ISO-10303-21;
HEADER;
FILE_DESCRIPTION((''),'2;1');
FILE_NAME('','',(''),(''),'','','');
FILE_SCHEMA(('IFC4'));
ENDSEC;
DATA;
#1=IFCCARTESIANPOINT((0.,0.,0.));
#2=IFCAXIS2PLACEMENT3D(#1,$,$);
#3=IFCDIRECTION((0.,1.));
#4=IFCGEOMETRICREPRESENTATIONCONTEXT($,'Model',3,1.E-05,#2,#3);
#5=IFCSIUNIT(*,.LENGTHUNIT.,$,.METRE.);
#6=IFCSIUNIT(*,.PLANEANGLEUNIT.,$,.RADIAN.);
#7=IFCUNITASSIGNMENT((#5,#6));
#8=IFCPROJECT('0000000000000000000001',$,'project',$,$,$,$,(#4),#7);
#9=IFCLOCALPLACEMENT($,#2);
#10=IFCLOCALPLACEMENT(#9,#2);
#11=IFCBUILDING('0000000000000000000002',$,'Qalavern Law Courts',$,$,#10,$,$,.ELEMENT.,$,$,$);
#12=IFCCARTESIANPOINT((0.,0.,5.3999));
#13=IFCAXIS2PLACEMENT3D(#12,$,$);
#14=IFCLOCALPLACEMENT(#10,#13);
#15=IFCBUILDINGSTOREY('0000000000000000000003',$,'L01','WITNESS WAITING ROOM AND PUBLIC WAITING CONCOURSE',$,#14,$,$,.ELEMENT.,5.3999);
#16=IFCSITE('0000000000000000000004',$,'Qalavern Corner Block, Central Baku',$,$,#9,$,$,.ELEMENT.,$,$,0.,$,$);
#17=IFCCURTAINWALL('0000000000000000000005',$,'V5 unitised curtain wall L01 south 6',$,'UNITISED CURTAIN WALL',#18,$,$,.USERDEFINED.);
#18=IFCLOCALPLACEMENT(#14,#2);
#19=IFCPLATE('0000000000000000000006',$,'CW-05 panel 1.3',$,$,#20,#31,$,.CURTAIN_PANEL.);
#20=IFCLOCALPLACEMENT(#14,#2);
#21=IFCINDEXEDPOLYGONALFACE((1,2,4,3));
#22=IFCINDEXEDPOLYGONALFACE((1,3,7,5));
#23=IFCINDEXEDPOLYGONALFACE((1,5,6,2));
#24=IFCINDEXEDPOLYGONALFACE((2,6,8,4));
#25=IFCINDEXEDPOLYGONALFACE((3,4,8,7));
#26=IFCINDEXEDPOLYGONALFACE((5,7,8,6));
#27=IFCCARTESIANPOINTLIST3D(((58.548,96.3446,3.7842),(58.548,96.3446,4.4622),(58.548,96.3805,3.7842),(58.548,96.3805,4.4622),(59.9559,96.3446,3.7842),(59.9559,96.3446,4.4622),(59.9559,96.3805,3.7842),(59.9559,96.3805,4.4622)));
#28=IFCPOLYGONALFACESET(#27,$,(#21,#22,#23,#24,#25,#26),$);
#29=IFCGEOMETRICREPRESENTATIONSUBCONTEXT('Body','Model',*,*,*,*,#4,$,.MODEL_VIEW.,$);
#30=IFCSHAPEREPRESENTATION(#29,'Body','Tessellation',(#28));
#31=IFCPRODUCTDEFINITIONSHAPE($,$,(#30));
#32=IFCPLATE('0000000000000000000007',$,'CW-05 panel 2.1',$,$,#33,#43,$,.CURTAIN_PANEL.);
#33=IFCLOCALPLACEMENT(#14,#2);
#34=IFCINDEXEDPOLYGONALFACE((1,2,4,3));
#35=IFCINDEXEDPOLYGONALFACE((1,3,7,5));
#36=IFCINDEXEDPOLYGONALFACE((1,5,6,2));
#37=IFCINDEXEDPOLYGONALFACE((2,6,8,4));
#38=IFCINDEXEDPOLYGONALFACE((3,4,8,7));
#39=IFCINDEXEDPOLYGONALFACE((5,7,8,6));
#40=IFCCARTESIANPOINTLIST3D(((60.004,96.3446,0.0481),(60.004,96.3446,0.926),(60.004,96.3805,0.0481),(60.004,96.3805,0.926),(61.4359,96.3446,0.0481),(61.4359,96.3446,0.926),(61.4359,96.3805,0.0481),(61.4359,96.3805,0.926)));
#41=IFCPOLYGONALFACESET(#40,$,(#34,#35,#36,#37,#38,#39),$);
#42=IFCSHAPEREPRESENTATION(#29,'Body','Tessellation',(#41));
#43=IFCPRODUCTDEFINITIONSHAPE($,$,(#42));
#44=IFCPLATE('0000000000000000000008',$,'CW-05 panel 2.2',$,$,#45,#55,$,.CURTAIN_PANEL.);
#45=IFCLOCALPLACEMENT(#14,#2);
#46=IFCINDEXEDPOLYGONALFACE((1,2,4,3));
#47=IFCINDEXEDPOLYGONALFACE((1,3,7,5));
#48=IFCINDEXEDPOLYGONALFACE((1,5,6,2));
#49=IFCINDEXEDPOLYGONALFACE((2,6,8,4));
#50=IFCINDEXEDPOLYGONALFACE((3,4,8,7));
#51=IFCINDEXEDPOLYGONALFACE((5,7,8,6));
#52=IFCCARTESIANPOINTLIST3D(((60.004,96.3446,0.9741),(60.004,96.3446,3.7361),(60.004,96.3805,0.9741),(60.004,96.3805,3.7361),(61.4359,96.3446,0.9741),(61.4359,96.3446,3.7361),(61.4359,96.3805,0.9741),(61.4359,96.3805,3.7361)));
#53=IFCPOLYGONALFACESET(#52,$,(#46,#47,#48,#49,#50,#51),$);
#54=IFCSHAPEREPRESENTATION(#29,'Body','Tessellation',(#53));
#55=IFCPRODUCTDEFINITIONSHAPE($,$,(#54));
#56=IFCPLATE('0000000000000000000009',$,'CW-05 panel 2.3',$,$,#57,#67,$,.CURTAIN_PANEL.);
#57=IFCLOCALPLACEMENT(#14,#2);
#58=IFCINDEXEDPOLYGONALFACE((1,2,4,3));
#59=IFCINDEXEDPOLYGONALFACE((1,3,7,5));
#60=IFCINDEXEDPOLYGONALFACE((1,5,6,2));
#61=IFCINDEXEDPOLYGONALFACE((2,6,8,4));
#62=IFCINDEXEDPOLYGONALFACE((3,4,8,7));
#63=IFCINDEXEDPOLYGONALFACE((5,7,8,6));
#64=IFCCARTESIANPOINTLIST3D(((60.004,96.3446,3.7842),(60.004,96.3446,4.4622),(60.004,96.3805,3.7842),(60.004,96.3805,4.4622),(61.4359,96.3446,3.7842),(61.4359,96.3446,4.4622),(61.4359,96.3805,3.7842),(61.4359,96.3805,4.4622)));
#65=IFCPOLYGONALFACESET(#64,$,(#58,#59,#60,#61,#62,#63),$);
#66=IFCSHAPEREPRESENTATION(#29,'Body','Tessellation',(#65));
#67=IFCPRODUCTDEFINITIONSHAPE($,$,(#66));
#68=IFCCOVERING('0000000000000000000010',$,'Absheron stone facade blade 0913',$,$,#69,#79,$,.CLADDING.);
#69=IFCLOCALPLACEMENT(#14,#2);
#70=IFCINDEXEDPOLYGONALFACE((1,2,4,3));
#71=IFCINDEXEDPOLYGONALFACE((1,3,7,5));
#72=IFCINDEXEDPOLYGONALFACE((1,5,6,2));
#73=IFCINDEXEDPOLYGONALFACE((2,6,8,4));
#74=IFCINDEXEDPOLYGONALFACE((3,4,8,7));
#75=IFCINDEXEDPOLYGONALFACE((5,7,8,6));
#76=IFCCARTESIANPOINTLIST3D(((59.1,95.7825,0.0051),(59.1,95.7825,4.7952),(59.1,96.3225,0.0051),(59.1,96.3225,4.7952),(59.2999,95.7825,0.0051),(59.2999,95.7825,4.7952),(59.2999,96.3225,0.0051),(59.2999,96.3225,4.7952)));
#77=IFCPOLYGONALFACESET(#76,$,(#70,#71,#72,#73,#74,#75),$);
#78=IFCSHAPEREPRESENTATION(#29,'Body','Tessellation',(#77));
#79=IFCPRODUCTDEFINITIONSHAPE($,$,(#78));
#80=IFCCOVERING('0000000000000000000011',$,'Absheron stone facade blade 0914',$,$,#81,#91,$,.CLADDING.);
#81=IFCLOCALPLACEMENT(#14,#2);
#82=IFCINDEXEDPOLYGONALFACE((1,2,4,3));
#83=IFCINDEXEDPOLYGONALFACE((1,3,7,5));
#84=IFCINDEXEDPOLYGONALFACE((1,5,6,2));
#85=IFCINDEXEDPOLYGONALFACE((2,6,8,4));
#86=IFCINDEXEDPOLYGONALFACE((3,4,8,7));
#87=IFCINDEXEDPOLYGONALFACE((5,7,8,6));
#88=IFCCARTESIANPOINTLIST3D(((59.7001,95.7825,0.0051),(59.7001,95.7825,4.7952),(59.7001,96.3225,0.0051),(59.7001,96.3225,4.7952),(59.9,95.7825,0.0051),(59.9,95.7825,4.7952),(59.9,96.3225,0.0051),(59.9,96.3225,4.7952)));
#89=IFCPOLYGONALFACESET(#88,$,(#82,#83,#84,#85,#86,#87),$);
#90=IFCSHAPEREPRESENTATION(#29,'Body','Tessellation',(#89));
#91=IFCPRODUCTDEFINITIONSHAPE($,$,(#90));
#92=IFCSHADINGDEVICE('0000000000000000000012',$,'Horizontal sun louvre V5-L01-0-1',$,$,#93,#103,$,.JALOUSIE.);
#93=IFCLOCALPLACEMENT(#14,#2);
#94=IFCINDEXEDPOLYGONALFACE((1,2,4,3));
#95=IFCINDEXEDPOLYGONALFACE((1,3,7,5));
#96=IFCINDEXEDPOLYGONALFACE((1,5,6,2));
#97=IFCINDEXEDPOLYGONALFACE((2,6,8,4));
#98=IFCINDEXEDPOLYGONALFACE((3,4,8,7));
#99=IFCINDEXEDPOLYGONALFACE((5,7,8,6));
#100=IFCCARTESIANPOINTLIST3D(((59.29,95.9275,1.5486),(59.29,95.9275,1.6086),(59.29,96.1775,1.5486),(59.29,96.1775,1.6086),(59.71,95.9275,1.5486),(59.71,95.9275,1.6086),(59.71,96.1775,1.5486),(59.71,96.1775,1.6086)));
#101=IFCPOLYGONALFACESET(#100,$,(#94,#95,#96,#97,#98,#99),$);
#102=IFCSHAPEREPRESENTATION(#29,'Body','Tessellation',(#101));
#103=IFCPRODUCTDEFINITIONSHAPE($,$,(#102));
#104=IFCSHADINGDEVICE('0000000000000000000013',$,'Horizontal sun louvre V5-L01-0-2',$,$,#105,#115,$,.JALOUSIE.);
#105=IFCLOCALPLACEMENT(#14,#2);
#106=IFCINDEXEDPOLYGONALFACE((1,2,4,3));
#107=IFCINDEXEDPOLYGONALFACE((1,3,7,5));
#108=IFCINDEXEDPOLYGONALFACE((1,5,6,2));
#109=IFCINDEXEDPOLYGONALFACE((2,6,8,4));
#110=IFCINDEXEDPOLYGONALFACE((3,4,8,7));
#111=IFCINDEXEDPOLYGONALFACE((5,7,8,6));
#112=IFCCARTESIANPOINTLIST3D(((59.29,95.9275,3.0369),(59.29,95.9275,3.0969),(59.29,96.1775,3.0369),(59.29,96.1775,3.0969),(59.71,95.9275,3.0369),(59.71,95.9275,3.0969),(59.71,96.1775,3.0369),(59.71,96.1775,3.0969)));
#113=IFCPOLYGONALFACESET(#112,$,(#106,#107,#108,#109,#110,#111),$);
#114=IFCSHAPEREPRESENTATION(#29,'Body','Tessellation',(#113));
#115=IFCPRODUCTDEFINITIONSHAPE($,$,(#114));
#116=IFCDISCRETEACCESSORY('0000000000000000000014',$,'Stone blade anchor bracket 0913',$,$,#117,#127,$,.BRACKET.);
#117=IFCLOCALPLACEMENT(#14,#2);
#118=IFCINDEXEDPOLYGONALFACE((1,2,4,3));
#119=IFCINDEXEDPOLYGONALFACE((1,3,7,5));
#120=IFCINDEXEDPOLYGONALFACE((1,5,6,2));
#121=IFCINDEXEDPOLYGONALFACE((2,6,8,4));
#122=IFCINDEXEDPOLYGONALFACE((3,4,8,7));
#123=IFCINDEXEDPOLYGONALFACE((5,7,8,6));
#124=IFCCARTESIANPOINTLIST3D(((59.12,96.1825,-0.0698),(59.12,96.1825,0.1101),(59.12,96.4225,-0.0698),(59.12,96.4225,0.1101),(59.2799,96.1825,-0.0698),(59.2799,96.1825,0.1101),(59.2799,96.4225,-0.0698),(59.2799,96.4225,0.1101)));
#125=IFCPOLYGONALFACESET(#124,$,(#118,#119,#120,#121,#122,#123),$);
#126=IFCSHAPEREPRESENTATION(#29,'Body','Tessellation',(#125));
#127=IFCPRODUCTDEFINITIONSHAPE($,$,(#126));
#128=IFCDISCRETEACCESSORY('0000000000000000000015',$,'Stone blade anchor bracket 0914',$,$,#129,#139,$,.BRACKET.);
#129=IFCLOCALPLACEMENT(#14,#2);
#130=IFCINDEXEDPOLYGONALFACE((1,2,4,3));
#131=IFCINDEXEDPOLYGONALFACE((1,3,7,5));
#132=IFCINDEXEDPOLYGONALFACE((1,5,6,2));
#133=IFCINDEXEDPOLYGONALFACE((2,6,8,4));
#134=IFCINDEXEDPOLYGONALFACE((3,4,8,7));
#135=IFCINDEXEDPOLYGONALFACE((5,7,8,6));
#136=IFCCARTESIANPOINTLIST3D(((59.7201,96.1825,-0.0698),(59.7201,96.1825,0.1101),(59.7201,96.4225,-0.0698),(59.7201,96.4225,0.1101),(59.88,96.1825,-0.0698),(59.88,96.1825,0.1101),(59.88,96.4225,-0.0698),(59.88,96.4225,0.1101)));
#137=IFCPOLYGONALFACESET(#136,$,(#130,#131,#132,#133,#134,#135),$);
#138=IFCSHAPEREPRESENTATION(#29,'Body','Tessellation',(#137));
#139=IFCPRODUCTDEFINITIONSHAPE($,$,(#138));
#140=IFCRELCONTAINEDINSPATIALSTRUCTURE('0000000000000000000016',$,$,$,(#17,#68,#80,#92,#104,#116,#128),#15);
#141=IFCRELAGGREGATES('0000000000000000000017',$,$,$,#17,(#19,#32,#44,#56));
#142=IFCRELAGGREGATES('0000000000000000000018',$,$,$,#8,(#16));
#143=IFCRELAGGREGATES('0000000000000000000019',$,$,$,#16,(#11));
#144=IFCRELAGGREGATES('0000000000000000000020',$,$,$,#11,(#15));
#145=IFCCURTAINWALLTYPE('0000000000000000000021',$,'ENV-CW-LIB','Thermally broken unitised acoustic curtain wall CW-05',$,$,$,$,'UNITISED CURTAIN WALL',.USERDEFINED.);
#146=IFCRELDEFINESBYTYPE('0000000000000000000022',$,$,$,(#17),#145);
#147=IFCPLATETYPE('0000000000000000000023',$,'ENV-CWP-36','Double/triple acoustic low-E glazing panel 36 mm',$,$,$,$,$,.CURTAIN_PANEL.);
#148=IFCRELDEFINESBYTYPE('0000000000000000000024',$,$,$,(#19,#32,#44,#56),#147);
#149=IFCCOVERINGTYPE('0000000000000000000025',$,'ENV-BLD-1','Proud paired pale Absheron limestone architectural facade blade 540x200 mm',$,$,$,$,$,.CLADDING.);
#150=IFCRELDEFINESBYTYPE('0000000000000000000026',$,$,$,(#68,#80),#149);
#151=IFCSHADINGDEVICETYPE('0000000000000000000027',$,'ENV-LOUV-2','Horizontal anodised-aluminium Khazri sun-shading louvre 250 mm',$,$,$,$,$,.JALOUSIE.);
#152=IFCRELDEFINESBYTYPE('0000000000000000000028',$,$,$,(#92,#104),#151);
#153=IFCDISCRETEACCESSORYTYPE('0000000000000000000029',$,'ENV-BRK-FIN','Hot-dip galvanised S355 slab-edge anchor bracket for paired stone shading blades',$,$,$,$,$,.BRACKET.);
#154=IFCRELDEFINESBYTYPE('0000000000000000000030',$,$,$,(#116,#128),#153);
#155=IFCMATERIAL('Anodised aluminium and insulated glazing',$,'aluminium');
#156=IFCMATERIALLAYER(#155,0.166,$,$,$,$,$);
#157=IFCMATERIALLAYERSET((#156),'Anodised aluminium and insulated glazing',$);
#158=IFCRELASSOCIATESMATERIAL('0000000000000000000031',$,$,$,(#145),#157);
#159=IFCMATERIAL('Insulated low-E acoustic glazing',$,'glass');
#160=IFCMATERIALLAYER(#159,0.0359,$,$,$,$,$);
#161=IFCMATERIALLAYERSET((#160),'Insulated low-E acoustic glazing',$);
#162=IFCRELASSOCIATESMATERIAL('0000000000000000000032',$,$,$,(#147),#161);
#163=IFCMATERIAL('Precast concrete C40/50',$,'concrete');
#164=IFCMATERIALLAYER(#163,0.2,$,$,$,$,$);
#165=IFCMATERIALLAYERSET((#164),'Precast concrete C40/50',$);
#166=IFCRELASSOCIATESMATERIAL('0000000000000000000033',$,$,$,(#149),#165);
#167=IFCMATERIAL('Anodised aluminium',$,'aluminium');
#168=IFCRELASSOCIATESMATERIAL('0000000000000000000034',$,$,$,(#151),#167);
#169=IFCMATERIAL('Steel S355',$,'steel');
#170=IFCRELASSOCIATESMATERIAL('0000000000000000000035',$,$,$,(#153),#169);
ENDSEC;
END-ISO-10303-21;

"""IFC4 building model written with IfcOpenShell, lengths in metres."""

from ifc_helpers import new_model, si_unit, direction, frame, origin, origin_2d, place, context, subcontext, project, spatial, rectangle, extrude, material, layer, layer_set, type_object, element, aggregate, save


model = new_model("IFC4")

# Units and contexts
model_context = context("Model", 3, precision=1e-05, world=origin(), true_north=direction((0.0, 1.0)))
body_context = subcontext(model_context, "Body", "Model", "MODEL_VIEW")
ifc_project = project(units=[si_unit("LENGTHUNIT", "METRE"), si_unit("PLANEANGLEUNIT", "RADIAN")], contexts=[model_context])

# Site, building, storey
site_placement = place(None, origin())
site = spatial("IfcSite", under=ifc_project, at=site_placement, Name="Qalavern Corner Block, Central Baku", CompositionType="ELEMENT", RefElevation=0.0)
building_placement = place(site_placement, origin())
building = spatial("IfcBuilding", under=site, at=building_placement, Name="Qalavern Law Courts", CompositionType="ELEMENT")
storey_placement = place(building_placement, frame((0.0, 0.0, 5.3999)))
storey = spatial("IfcBuildingStorey", under=building, at=storey_placement, Name="L01", Description="WITNESS WAITING ROOM AND PUBLIC WAITING CONCOURSE", CompositionType="ELEMENT", Elevation=5.3999)

# Curtain wall, plates
ifc_material_1 = material(Name="Anodised aluminium and insulated glazing", Category="aluminium")
ifc_layer_1 = layer(ifc_material_1, 0.166)
ifc_layer_set_1 = layer_set([ifc_layer_1], Name="Anodised aluminium and insulated glazing")
curtain_wall_type = type_object("IfcCurtainWallType", Name="ENV-CW-LIB", Description="Thermally broken unitised acoustic curtain wall CW-05", ElementType="UNITISED CURTAIN WALL", PredefinedType="USERDEFINED", material=ifc_layer_set_1)
curtain_wall_placement = place(storey_placement, origin())
curtain_wall = element("IfcCurtainWall", 1, at=curtain_wall_placement, inside=storey, type_object=curtain_wall_type, Name="V5 unitised curtain wall L01 south 6", ObjectType="UNITISED CURTAIN WALL", PredefinedType="USERDEFINED")
ifc_material_2 = material(Name="Anodised aluminium", Category="aluminium")
ifc_material_3 = material(Name="Insulated low-E acoustic glazing", Category="glass")
ifc_layer_2 = layer(ifc_material_3, 0.0359)
ifc_layer_set_2 = layer_set([ifc_layer_2], Name="Insulated low-E acoustic glazing")
plate_type = type_object("IfcPlateType", Name="ENV-CWP-36", Description="Double/triple acoustic low-E glazing panel 36 mm", PredefinedType="CURTAIN_PANEL", material=ifc_layer_set_2)
plate_1_placement = place(storey_placement, frame((59.252, 96.3625, 3.7842), z_axis=(0.0, 0.0, 1.0), x_axis=(1.0, 0.0, 0.0)))
plate_1 = element("IfcPlate", 2, at=plate_1_placement, type_object=plate_type, Name="CW-05 panel 1.3", PredefinedType="CURTAIN_PANEL", context=body_context, shape_type="SweptSolid", body=[
    extrude(rectangle(XDim=1.408, YDim=0.0359, at=origin_2d()), origin(), (0.0, 0.0, 1.0), 0.678),
])
plate_2_placement = place(storey_placement, frame((60.72, 96.3625, 0.0481), z_axis=(0.0, 0.0, 1.0), x_axis=(1.0, 0.0, 0.0)))
plate_2 = element("IfcPlate", 3, at=plate_2_placement, type_object=plate_type, Name="CW-05 panel 2.1", PredefinedType="CURTAIN_PANEL", context=body_context, shape_type="SweptSolid", body=[
    extrude(rectangle(XDim=1.4319, YDim=0.0359, at=origin_2d()), origin(), (0.0, 0.0, 1.0), 0.8779),
])
plate_3_placement = place(storey_placement, frame((60.72, 96.3625, 0.9741), z_axis=(0.0, 0.0, 1.0), x_axis=(1.0, 0.0, 0.0)))
plate_3 = element("IfcPlate", 4, at=plate_3_placement, type_object=plate_type, Name="CW-05 panel 2.2", PredefinedType="CURTAIN_PANEL", context=body_context, shape_type="SweptSolid", body=[
    extrude(rectangle(XDim=1.4319, YDim=0.0359, at=origin_2d()), origin(), (0.0, 0.0, 1.0), 2.762),
])
plate_4_placement = place(storey_placement, frame((60.72, 96.3625, 3.7842), z_axis=(0.0, 0.0, 1.0), x_axis=(1.0, 0.0, 0.0)))
plate_4 = element("IfcPlate", 5, at=plate_4_placement, type_object=plate_type, Name="CW-05 panel 2.3", PredefinedType="CURTAIN_PANEL", context=body_context, shape_type="SweptSolid", body=[
    extrude(rectangle(XDim=1.4319, YDim=0.0359, at=origin_2d()), origin(), (0.0, 0.0, 1.0), 0.678),
])
aggregate(curtain_wall, [plate_1, plate_2, plate_3, plate_4])

# Coverings
ifc_material_4 = material(Name="Precast concrete C40/50", Category="concrete")
ifc_layer_3 = layer(ifc_material_4, 0.2)
ifc_layer_set_3 = layer_set([ifc_layer_3], Name="Precast concrete C40/50")
covering_type = type_object("IfcCoveringType", Name="ENV-BLD-1", Description="Proud paired pale Absheron limestone architectural facade blade 540x200 mm", PredefinedType="CLADDING", material=ifc_layer_set_3)
for number, where, z_axis, x_axis, name in (
    (6, (59.2, 96.0525, 0.0051), (0.0, 0.0, 1.0), (0.0, -1.0, 0.0), "Absheron stone facade blade 0913"),
    (7, (59.8, 96.0525, 0.0051), (0.0, 0.0, 1.0), (0.0, -1.0, 0.0), "Absheron stone facade blade 0914"),
):
    element("IfcCovering", number, at=place(storey_placement, frame(where, z_axis=z_axis, x_axis=x_axis)), inside=storey, type_object=covering_type, Name=name, PredefinedType="CLADDING", context=body_context, shape_type="SweptSolid", body=[
        extrude(rectangle(XDim=0.54, YDim=0.2, at=origin_2d()), origin(), (0.0, 0.0, 1.0), 4.79),
    ])

# Shading devices
shading_device_type = type_object("IfcShadingDeviceType", Name="ENV-LOUV-2", Description="Horizontal anodised-aluminium Khazri sun-shading louvre 250 mm", PredefinedType="JALOUSIE", material=ifc_material_2)
for number, where, z_axis, x_axis, name in (
    (8, (59.5, 96.0525, 1.5486), (0.0, 0.0, 1.0), (1.0, 0.0, 0.0), "Horizontal sun louvre V5-L01-0-1"),
    (9, (59.5, 96.0525, 3.0369), (0.0, 0.0, 1.0), (1.0, 0.0, 0.0), "Horizontal sun louvre V5-L01-0-2"),
):
    element("IfcShadingDevice", number, at=place(storey_placement, frame(where, z_axis=z_axis, x_axis=x_axis)), inside=storey, type_object=shading_device_type, Name=name, PredefinedType="JALOUSIE", context=body_context, shape_type="SweptSolid", body=[
        extrude(rectangle(XDim=0.4199, YDim=0.25, at=origin_2d()), origin(), (0.0, 0.0, 1.0), 0.0601),
    ])

# Discrete accessories
ifc_material_5 = material(Name="Steel S355", Category="steel")
discrete_accessory_type = type_object("IfcDiscreteAccessoryType", Name="ENV-BRK-FIN", Description="Hot-dip galvanised S355 slab-edge anchor bracket for paired stone shading blades", PredefinedType="BRACKET", material=ifc_material_5)
for number, where, z_axis, x_axis, name in (
    (10, (59.2, 96.3025, -0.0698), (0.0, 0.0, 1.0), (0.0, -1.0, 0.0), "Stone blade anchor bracket 0913"),
    (11, (59.8, 96.3025, -0.0698), (0.0, 0.0, 1.0), (0.0, -1.0, 0.0), "Stone blade anchor bracket 0914"),
):
    element("IfcDiscreteAccessory", number, at=place(storey_placement, frame(where, z_axis=z_axis, x_axis=x_axis)), inside=storey, type_object=discrete_accessory_type, Name=name, PredefinedType="BRACKET", context=body_context, shape_type="SweptSolid", body=[
        extrude(rectangle(XDim=0.24, YDim=0.1599, at=origin_2d()), origin(), (0.0, 0.0, 1.0), 0.1799),
    ])

save(model, "model.ifc")
